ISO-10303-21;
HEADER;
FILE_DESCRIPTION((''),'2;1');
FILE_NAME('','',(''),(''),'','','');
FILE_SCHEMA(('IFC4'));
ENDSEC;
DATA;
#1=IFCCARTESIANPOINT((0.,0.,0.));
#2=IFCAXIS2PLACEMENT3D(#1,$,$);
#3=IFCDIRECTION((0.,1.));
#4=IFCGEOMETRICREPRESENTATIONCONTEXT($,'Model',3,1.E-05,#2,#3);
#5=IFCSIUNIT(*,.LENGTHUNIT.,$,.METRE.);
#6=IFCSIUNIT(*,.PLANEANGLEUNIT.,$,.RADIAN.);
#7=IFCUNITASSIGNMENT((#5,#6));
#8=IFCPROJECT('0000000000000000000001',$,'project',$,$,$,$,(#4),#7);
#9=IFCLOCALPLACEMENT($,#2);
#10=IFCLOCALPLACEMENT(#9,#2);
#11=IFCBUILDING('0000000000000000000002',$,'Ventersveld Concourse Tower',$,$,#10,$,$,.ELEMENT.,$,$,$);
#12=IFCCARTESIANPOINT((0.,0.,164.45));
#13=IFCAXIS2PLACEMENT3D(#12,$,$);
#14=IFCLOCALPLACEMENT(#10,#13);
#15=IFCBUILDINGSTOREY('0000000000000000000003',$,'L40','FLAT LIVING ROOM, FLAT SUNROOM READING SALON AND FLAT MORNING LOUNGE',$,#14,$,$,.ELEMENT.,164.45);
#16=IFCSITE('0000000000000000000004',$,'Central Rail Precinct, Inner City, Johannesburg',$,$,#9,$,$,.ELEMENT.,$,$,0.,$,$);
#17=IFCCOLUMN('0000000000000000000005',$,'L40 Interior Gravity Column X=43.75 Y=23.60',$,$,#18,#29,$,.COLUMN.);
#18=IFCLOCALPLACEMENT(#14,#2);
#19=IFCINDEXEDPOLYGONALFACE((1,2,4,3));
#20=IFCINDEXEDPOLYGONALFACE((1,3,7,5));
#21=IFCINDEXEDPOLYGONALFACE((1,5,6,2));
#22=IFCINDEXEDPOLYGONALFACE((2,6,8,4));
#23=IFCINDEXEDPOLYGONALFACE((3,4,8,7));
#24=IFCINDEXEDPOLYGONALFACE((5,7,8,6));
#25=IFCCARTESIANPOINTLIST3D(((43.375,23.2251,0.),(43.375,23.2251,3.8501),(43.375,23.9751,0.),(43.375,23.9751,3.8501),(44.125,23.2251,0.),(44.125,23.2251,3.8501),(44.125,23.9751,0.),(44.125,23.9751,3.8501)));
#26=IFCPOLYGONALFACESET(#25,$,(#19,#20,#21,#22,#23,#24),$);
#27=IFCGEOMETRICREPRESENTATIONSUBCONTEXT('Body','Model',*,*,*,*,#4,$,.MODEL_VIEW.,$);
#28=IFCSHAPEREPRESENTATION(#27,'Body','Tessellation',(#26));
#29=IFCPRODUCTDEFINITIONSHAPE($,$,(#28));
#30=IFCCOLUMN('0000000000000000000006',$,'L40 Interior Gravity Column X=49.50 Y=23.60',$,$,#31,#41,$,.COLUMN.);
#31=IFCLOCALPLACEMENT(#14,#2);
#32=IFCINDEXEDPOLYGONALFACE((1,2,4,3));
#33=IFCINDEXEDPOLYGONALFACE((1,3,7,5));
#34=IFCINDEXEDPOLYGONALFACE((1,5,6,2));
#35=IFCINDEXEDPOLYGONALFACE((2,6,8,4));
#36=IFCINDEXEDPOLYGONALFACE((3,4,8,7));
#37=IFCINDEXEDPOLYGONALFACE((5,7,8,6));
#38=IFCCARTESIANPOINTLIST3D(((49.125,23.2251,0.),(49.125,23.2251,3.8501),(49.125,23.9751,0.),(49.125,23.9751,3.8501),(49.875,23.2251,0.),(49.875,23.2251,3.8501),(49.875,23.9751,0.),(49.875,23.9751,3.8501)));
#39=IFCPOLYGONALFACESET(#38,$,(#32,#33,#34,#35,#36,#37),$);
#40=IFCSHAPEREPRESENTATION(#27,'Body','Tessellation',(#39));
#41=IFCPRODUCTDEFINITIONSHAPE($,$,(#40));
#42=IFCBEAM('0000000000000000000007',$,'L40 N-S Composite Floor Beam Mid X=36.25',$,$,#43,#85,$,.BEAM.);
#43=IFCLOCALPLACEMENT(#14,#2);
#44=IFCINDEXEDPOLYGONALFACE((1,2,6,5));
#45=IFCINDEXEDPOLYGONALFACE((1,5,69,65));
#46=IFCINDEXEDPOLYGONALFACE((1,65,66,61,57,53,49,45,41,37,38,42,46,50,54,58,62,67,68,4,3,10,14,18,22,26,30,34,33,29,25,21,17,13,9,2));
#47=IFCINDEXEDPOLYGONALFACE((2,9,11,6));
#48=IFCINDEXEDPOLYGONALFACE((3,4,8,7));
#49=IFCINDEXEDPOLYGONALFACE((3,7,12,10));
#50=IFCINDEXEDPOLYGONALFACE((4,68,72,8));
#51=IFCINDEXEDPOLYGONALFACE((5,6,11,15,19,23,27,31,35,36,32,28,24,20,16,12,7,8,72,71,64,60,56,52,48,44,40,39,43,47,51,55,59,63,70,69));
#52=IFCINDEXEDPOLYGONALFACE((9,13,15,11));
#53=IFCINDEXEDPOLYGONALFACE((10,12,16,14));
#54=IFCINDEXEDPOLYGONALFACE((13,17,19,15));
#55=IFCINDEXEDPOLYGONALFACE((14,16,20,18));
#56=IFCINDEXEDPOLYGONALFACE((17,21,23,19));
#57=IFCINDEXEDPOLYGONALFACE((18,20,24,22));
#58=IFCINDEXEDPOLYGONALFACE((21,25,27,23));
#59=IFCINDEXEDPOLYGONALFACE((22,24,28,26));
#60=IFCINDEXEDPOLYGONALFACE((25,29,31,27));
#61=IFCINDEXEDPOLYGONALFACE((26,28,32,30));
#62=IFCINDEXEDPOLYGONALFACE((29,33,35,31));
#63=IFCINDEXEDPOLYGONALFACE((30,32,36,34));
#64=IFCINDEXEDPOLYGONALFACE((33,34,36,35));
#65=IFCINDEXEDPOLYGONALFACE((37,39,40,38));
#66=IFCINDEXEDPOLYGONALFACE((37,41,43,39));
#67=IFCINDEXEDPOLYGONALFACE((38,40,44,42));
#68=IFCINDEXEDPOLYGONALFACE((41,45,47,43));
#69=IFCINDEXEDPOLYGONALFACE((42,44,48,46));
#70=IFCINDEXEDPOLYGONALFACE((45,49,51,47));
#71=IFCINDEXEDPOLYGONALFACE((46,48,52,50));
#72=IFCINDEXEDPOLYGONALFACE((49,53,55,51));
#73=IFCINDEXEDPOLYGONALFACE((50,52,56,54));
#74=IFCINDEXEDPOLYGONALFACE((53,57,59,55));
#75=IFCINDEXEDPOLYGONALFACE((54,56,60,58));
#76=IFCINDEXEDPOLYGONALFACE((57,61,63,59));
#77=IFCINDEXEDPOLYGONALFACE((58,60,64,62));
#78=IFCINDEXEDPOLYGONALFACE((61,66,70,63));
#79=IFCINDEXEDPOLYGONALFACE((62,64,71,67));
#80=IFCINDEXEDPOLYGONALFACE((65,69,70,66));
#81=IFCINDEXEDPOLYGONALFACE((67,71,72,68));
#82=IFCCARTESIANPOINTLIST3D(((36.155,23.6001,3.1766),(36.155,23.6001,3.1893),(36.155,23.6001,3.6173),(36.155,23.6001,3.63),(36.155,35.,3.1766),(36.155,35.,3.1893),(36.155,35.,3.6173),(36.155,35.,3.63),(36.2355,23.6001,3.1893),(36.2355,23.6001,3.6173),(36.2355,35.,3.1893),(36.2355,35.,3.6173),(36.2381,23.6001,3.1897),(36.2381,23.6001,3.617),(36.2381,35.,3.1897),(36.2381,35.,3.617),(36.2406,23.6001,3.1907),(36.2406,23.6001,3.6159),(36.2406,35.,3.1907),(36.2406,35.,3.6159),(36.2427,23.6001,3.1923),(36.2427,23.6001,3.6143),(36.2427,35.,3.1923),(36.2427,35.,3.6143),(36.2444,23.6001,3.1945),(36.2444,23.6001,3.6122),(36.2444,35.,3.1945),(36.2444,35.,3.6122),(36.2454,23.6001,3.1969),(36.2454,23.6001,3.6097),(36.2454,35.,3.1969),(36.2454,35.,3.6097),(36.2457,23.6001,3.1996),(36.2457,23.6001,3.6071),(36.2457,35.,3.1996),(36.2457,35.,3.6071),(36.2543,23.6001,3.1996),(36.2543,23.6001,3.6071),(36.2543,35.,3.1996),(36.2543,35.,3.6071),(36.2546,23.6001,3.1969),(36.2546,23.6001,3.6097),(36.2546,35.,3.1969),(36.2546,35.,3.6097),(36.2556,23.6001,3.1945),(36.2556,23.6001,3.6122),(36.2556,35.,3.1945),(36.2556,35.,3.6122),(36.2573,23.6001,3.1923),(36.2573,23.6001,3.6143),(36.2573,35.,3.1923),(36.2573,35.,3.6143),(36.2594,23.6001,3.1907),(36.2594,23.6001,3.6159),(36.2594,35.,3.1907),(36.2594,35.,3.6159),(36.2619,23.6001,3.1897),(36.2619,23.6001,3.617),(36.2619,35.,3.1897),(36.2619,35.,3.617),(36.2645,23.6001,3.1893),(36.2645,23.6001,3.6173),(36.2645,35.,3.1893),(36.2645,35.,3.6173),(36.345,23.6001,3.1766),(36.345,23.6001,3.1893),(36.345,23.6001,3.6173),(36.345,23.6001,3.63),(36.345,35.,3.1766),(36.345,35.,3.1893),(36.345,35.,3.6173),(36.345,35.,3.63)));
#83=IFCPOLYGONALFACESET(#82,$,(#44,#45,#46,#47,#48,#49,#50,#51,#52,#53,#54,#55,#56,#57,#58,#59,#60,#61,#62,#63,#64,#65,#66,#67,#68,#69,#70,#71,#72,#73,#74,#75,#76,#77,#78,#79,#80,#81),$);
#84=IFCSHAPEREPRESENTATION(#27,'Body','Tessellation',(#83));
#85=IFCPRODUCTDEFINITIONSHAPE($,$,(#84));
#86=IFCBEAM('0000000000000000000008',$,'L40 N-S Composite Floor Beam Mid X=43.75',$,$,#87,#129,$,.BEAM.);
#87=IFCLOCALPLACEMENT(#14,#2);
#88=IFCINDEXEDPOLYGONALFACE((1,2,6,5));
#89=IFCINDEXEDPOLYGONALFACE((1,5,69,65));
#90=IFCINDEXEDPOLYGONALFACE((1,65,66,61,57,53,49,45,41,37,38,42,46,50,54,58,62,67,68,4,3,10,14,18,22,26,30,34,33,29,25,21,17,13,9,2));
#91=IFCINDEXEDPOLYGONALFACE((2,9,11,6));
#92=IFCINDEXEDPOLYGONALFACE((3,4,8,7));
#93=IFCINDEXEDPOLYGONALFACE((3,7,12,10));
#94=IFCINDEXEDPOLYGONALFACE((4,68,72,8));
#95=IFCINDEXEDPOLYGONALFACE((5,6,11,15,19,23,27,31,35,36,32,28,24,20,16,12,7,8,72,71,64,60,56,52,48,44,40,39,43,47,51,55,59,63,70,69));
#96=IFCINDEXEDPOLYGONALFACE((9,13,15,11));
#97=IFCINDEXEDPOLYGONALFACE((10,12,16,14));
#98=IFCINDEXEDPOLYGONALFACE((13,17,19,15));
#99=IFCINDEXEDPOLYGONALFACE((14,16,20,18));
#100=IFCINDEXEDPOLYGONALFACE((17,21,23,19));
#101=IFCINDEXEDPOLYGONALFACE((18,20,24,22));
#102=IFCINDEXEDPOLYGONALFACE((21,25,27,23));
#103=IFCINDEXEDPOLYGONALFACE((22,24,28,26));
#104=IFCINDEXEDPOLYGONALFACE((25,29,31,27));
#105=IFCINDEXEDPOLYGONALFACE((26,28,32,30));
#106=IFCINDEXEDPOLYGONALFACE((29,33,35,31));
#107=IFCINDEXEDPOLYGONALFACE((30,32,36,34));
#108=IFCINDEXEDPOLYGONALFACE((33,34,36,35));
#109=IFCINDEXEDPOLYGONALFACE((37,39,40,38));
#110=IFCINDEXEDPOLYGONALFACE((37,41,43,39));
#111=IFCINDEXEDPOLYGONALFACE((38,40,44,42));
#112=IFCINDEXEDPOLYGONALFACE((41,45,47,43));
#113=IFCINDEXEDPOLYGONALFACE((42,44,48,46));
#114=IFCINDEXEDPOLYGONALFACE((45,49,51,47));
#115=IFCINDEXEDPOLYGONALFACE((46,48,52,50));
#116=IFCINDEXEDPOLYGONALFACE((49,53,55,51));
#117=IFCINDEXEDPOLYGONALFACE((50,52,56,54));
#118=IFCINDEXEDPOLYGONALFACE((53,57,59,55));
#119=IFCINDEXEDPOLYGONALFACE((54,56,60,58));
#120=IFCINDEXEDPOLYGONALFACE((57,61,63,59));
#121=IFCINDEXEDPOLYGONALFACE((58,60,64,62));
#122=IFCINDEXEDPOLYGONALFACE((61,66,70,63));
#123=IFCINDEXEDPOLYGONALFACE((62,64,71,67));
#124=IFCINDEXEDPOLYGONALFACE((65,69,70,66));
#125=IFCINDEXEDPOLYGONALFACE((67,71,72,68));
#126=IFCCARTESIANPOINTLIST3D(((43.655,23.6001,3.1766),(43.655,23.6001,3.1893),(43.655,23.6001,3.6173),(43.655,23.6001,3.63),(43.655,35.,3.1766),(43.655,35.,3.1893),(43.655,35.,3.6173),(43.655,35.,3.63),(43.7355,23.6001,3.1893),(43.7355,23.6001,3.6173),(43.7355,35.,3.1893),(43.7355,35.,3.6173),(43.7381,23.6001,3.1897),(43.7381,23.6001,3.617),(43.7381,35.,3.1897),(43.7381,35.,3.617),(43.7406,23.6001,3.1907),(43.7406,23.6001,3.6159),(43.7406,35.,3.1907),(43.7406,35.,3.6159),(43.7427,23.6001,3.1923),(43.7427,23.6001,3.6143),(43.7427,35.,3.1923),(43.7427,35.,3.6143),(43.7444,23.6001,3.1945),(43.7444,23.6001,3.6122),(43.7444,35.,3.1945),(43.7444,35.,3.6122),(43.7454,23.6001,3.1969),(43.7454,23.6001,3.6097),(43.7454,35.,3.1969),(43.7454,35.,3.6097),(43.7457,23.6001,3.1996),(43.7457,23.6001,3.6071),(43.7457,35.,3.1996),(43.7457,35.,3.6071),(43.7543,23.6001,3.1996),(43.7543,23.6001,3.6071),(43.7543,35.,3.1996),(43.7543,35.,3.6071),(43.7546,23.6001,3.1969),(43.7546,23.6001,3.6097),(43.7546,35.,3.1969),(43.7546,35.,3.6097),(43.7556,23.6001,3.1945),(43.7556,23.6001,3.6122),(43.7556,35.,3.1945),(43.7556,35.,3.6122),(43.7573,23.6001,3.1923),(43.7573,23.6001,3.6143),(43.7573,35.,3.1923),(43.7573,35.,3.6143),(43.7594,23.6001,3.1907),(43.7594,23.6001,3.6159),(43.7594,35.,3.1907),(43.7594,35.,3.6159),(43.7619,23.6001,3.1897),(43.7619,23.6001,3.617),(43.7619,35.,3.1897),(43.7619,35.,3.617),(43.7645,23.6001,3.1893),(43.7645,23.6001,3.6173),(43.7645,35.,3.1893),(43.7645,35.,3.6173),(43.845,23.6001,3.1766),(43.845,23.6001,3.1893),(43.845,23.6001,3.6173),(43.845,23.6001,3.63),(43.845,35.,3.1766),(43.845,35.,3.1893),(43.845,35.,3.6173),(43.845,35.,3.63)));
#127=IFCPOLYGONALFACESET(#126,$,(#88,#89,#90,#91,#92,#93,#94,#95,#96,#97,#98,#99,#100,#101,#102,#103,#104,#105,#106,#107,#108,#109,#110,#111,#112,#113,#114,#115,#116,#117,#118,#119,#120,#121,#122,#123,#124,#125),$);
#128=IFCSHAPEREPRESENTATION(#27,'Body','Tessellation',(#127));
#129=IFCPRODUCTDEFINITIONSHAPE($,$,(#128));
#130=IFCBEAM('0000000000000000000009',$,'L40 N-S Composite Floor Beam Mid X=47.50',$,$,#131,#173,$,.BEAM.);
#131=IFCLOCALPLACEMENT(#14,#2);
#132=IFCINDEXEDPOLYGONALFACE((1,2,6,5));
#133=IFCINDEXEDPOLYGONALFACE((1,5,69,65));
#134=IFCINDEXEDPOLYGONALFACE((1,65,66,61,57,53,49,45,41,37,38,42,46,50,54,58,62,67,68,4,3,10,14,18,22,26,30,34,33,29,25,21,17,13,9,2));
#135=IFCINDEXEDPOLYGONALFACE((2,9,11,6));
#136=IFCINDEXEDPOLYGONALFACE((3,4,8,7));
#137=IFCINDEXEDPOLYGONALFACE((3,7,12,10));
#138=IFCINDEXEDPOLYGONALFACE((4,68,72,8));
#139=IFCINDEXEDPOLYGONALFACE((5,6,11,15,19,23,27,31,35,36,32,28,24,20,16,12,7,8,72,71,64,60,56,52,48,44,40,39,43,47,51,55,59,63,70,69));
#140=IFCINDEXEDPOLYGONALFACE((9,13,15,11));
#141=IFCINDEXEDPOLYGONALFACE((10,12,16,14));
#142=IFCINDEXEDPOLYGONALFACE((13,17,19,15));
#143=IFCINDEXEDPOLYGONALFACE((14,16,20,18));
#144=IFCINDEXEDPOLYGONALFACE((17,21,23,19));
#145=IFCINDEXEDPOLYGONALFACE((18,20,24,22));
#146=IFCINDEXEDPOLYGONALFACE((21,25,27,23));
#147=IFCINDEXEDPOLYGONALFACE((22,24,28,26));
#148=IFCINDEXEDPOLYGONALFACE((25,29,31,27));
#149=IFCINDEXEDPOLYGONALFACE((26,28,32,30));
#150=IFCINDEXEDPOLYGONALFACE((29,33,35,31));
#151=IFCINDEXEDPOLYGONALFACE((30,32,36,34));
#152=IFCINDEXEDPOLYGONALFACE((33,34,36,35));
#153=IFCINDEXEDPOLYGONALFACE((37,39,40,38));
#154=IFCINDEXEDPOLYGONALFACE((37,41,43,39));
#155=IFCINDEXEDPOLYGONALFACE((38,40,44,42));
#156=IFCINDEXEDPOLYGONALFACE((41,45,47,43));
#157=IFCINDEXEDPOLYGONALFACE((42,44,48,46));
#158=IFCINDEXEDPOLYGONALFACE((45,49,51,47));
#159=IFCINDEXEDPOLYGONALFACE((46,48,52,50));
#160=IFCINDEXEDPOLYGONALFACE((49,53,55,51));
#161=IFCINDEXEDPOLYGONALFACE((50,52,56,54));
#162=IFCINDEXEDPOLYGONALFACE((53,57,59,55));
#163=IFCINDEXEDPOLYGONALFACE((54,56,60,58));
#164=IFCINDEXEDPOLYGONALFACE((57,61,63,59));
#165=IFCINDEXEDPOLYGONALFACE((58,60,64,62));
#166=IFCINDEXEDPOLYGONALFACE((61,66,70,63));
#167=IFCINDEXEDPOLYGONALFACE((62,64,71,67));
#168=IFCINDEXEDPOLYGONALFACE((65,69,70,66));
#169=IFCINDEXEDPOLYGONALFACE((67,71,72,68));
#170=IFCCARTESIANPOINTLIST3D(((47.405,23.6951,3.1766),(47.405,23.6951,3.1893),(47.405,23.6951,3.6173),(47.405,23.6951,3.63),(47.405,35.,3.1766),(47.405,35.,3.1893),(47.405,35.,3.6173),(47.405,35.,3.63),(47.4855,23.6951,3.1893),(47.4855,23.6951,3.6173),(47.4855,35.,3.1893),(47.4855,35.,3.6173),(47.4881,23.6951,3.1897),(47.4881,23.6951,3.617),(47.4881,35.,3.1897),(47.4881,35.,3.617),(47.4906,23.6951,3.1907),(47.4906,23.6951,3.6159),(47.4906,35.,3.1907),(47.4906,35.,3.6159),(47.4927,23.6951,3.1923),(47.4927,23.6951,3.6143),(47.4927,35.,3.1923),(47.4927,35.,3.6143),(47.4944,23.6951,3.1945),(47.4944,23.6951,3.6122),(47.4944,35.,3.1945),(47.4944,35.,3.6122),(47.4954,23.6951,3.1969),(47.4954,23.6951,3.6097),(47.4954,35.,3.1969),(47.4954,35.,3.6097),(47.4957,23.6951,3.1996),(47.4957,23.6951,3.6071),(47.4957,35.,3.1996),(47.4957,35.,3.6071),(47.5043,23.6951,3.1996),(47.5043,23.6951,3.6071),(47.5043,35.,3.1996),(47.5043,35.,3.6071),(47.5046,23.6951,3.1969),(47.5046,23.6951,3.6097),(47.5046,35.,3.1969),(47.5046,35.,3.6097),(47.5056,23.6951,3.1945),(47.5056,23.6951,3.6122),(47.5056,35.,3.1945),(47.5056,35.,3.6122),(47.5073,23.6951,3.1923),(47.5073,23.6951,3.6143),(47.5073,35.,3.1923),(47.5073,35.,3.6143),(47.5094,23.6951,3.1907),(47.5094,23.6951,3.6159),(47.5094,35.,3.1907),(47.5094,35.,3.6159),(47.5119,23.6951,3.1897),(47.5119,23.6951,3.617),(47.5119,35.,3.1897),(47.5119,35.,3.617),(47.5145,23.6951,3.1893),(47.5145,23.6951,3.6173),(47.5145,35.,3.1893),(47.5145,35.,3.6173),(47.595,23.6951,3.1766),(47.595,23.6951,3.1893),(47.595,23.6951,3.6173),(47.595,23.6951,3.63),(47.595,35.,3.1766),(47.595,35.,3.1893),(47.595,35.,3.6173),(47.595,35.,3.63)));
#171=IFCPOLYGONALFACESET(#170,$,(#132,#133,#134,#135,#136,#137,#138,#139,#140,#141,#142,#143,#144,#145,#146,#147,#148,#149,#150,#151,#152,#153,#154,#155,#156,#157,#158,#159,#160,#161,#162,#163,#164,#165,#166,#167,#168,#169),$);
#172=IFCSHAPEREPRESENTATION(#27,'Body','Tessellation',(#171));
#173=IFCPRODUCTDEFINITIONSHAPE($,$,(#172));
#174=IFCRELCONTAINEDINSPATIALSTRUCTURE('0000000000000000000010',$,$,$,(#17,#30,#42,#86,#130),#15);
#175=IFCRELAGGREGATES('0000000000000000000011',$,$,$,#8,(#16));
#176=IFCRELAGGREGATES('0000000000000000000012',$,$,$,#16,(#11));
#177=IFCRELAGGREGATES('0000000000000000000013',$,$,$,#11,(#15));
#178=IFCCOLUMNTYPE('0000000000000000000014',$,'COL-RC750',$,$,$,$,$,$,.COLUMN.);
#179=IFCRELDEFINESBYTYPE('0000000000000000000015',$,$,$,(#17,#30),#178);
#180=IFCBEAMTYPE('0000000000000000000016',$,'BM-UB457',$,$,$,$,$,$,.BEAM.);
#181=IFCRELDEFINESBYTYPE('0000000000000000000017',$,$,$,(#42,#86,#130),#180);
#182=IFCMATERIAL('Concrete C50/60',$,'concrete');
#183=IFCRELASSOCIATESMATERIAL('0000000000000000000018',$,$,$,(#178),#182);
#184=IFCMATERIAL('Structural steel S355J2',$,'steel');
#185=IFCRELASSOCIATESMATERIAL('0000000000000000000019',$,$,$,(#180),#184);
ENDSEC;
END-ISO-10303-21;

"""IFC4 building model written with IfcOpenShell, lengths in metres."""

from ifc_helpers import new_model, si_unit, direction, frame, origin, origin_2d, place, context, subcontext, project, spatial, rectangle, i_section, extrude, material, material_profile, profile_set, type_object, element, save


model = new_model("IFC4")

# Units and contexts
model_context = context("Model", 3, precision=1e-05, world=origin(), true_north=direction((0.0, 1.0)))
body_context = subcontext(model_context, "Body", "Model", "MODEL_VIEW")
ifc_project = project(units=[si_unit("LENGTHUNIT", "METRE"), si_unit("PLANEANGLEUNIT", "RADIAN")], contexts=[model_context])

# Site, building, storey
site_placement = place(None, origin())
site = spatial("IfcSite", under=ifc_project, at=site_placement, Name="Central Rail Precinct, Inner City, Johannesburg", CompositionType="ELEMENT", RefElevation=0.0)
building_placement = place(site_placement, origin())
building = spatial("IfcBuilding", under=site, at=building_placement, Name="Ventersveld Concourse Tower", CompositionType="ELEMENT")
storey_placement = place(building_placement, frame((0.0, 0.0, 164.45)))
storey = spatial("IfcBuildingStorey", under=building, at=storey_placement, Name="L40", Description="FLAT LIVING ROOM, FLAT SUNROOM READING SALON AND FLAT MORNING LOUNGE", CompositionType="ELEMENT", Elevation=164.45)

# Columns
ifc_material_1 = material(Name="Concrete C50/60", Category="concrete")
ifc_material_profile_1 = material_profile(ifc_material_1, rectangle(XDim=0.75, YDim=0.75, at=origin_2d()), Name="RC 750x750")
ifc_profile_set_1 = profile_set([ifc_material_profile_1], Name="Concrete C50/60")
column_type = type_object("IfcColumnType", Name="COL-RC750", PredefinedType="COLUMN", material=ifc_profile_set_1)
for number, where, z_axis, x_axis, name in (
    (1, (43.75, 23.6001, 0.0), (0.0, 0.0, 1.0), (1.0, 0.0, 0.0), "L40 Interior Gravity Column X=43.75 Y=23.60"),
    (2, (49.5, 23.6001, 0.0), (0.0, 0.0, 1.0), (1.0, 0.0, 0.0), "L40 Interior Gravity Column X=49.50 Y=23.60"),
):
    element("IfcColumn", number, at=place(storey_placement, frame(where, z_axis=z_axis, x_axis=x_axis)), inside=storey, type_object=column_type, Name=name, PredefinedType="COLUMN", context=body_context, shape_type="SweptSolid", body=[
        extrude(rectangle(XDim=0.75, YDim=0.75, at=origin_2d()), origin(), (0.0, 0.0, 1.0), 3.8501),
    ])

# Beams
ifc_material_2 = material(Name="Structural steel S355J2", Category="steel")
ifc_material_profile_2 = material_profile(ifc_material_2, i_section(OverallWidth=0.1899, OverallDepth=0.4534, WebThickness=0.0085, FlangeThickness=0.0127, FilletRadius=0.0103, at=origin_2d()), Name="UB 457x191x67")
ifc_profile_set_2 = profile_set([ifc_material_profile_2], Name="Structural steel S355J2")
beam_type_1 = type_object("IfcBeamType", Name="BM-UB457", PredefinedType="BEAM", material=ifc_profile_set_2)
for number, where, z_axis, x_axis, name in (
    (3, (36.25, 23.6001, 3.4033), (0.0, 1.0, 0.0), (-1.0, 0.0, 0.0), "L40 N-S Composite Floor Beam Mid X=36.25"),
    (4, (43.75, 23.6001, 3.4033), (0.0, 1.0, 0.0), (-1.0, 0.0, 0.0), "L40 N-S Composite Floor Beam Mid X=43.75"),
):
    element("IfcBeam", number, at=place(storey_placement, frame(where, z_axis=z_axis, x_axis=x_axis)), inside=storey, type_object=beam_type_1, Name=name, PredefinedType="BEAM", context=body_context, shape_type="SweptSolid", body=[
        extrude(i_section(OverallWidth=0.1899, OverallDepth=0.4534, WebThickness=0.0085, FlangeThickness=0.0127, FilletRadius=0.0103, at=origin_2d()), origin(), (0.0, 0.0, 1.0), 11.3999),
    ])
beam_1_placement = place(storey_placement, frame((47.5, 23.6951, 3.4033), z_axis=(0.0, 1.0, 0.0), x_axis=(-1.0, 0.0, 0.0)))
element("IfcBeam", 5, at=beam_1_placement, inside=storey, type_object=beam_type_1, Name="L40 N-S Composite Floor Beam Mid X=47.50", PredefinedType="BEAM", context=body_context, shape_type="SweptSolid", body=[
    extrude(i_section(OverallWidth=0.1899, OverallDepth=0.4534, WebThickness=0.0085, FlangeThickness=0.0127, FilletRadius=0.0103, at=origin_2d()), origin(), (0.0, 0.0, 1.0), 11.3049),
])

save(model, "model.ifc")
